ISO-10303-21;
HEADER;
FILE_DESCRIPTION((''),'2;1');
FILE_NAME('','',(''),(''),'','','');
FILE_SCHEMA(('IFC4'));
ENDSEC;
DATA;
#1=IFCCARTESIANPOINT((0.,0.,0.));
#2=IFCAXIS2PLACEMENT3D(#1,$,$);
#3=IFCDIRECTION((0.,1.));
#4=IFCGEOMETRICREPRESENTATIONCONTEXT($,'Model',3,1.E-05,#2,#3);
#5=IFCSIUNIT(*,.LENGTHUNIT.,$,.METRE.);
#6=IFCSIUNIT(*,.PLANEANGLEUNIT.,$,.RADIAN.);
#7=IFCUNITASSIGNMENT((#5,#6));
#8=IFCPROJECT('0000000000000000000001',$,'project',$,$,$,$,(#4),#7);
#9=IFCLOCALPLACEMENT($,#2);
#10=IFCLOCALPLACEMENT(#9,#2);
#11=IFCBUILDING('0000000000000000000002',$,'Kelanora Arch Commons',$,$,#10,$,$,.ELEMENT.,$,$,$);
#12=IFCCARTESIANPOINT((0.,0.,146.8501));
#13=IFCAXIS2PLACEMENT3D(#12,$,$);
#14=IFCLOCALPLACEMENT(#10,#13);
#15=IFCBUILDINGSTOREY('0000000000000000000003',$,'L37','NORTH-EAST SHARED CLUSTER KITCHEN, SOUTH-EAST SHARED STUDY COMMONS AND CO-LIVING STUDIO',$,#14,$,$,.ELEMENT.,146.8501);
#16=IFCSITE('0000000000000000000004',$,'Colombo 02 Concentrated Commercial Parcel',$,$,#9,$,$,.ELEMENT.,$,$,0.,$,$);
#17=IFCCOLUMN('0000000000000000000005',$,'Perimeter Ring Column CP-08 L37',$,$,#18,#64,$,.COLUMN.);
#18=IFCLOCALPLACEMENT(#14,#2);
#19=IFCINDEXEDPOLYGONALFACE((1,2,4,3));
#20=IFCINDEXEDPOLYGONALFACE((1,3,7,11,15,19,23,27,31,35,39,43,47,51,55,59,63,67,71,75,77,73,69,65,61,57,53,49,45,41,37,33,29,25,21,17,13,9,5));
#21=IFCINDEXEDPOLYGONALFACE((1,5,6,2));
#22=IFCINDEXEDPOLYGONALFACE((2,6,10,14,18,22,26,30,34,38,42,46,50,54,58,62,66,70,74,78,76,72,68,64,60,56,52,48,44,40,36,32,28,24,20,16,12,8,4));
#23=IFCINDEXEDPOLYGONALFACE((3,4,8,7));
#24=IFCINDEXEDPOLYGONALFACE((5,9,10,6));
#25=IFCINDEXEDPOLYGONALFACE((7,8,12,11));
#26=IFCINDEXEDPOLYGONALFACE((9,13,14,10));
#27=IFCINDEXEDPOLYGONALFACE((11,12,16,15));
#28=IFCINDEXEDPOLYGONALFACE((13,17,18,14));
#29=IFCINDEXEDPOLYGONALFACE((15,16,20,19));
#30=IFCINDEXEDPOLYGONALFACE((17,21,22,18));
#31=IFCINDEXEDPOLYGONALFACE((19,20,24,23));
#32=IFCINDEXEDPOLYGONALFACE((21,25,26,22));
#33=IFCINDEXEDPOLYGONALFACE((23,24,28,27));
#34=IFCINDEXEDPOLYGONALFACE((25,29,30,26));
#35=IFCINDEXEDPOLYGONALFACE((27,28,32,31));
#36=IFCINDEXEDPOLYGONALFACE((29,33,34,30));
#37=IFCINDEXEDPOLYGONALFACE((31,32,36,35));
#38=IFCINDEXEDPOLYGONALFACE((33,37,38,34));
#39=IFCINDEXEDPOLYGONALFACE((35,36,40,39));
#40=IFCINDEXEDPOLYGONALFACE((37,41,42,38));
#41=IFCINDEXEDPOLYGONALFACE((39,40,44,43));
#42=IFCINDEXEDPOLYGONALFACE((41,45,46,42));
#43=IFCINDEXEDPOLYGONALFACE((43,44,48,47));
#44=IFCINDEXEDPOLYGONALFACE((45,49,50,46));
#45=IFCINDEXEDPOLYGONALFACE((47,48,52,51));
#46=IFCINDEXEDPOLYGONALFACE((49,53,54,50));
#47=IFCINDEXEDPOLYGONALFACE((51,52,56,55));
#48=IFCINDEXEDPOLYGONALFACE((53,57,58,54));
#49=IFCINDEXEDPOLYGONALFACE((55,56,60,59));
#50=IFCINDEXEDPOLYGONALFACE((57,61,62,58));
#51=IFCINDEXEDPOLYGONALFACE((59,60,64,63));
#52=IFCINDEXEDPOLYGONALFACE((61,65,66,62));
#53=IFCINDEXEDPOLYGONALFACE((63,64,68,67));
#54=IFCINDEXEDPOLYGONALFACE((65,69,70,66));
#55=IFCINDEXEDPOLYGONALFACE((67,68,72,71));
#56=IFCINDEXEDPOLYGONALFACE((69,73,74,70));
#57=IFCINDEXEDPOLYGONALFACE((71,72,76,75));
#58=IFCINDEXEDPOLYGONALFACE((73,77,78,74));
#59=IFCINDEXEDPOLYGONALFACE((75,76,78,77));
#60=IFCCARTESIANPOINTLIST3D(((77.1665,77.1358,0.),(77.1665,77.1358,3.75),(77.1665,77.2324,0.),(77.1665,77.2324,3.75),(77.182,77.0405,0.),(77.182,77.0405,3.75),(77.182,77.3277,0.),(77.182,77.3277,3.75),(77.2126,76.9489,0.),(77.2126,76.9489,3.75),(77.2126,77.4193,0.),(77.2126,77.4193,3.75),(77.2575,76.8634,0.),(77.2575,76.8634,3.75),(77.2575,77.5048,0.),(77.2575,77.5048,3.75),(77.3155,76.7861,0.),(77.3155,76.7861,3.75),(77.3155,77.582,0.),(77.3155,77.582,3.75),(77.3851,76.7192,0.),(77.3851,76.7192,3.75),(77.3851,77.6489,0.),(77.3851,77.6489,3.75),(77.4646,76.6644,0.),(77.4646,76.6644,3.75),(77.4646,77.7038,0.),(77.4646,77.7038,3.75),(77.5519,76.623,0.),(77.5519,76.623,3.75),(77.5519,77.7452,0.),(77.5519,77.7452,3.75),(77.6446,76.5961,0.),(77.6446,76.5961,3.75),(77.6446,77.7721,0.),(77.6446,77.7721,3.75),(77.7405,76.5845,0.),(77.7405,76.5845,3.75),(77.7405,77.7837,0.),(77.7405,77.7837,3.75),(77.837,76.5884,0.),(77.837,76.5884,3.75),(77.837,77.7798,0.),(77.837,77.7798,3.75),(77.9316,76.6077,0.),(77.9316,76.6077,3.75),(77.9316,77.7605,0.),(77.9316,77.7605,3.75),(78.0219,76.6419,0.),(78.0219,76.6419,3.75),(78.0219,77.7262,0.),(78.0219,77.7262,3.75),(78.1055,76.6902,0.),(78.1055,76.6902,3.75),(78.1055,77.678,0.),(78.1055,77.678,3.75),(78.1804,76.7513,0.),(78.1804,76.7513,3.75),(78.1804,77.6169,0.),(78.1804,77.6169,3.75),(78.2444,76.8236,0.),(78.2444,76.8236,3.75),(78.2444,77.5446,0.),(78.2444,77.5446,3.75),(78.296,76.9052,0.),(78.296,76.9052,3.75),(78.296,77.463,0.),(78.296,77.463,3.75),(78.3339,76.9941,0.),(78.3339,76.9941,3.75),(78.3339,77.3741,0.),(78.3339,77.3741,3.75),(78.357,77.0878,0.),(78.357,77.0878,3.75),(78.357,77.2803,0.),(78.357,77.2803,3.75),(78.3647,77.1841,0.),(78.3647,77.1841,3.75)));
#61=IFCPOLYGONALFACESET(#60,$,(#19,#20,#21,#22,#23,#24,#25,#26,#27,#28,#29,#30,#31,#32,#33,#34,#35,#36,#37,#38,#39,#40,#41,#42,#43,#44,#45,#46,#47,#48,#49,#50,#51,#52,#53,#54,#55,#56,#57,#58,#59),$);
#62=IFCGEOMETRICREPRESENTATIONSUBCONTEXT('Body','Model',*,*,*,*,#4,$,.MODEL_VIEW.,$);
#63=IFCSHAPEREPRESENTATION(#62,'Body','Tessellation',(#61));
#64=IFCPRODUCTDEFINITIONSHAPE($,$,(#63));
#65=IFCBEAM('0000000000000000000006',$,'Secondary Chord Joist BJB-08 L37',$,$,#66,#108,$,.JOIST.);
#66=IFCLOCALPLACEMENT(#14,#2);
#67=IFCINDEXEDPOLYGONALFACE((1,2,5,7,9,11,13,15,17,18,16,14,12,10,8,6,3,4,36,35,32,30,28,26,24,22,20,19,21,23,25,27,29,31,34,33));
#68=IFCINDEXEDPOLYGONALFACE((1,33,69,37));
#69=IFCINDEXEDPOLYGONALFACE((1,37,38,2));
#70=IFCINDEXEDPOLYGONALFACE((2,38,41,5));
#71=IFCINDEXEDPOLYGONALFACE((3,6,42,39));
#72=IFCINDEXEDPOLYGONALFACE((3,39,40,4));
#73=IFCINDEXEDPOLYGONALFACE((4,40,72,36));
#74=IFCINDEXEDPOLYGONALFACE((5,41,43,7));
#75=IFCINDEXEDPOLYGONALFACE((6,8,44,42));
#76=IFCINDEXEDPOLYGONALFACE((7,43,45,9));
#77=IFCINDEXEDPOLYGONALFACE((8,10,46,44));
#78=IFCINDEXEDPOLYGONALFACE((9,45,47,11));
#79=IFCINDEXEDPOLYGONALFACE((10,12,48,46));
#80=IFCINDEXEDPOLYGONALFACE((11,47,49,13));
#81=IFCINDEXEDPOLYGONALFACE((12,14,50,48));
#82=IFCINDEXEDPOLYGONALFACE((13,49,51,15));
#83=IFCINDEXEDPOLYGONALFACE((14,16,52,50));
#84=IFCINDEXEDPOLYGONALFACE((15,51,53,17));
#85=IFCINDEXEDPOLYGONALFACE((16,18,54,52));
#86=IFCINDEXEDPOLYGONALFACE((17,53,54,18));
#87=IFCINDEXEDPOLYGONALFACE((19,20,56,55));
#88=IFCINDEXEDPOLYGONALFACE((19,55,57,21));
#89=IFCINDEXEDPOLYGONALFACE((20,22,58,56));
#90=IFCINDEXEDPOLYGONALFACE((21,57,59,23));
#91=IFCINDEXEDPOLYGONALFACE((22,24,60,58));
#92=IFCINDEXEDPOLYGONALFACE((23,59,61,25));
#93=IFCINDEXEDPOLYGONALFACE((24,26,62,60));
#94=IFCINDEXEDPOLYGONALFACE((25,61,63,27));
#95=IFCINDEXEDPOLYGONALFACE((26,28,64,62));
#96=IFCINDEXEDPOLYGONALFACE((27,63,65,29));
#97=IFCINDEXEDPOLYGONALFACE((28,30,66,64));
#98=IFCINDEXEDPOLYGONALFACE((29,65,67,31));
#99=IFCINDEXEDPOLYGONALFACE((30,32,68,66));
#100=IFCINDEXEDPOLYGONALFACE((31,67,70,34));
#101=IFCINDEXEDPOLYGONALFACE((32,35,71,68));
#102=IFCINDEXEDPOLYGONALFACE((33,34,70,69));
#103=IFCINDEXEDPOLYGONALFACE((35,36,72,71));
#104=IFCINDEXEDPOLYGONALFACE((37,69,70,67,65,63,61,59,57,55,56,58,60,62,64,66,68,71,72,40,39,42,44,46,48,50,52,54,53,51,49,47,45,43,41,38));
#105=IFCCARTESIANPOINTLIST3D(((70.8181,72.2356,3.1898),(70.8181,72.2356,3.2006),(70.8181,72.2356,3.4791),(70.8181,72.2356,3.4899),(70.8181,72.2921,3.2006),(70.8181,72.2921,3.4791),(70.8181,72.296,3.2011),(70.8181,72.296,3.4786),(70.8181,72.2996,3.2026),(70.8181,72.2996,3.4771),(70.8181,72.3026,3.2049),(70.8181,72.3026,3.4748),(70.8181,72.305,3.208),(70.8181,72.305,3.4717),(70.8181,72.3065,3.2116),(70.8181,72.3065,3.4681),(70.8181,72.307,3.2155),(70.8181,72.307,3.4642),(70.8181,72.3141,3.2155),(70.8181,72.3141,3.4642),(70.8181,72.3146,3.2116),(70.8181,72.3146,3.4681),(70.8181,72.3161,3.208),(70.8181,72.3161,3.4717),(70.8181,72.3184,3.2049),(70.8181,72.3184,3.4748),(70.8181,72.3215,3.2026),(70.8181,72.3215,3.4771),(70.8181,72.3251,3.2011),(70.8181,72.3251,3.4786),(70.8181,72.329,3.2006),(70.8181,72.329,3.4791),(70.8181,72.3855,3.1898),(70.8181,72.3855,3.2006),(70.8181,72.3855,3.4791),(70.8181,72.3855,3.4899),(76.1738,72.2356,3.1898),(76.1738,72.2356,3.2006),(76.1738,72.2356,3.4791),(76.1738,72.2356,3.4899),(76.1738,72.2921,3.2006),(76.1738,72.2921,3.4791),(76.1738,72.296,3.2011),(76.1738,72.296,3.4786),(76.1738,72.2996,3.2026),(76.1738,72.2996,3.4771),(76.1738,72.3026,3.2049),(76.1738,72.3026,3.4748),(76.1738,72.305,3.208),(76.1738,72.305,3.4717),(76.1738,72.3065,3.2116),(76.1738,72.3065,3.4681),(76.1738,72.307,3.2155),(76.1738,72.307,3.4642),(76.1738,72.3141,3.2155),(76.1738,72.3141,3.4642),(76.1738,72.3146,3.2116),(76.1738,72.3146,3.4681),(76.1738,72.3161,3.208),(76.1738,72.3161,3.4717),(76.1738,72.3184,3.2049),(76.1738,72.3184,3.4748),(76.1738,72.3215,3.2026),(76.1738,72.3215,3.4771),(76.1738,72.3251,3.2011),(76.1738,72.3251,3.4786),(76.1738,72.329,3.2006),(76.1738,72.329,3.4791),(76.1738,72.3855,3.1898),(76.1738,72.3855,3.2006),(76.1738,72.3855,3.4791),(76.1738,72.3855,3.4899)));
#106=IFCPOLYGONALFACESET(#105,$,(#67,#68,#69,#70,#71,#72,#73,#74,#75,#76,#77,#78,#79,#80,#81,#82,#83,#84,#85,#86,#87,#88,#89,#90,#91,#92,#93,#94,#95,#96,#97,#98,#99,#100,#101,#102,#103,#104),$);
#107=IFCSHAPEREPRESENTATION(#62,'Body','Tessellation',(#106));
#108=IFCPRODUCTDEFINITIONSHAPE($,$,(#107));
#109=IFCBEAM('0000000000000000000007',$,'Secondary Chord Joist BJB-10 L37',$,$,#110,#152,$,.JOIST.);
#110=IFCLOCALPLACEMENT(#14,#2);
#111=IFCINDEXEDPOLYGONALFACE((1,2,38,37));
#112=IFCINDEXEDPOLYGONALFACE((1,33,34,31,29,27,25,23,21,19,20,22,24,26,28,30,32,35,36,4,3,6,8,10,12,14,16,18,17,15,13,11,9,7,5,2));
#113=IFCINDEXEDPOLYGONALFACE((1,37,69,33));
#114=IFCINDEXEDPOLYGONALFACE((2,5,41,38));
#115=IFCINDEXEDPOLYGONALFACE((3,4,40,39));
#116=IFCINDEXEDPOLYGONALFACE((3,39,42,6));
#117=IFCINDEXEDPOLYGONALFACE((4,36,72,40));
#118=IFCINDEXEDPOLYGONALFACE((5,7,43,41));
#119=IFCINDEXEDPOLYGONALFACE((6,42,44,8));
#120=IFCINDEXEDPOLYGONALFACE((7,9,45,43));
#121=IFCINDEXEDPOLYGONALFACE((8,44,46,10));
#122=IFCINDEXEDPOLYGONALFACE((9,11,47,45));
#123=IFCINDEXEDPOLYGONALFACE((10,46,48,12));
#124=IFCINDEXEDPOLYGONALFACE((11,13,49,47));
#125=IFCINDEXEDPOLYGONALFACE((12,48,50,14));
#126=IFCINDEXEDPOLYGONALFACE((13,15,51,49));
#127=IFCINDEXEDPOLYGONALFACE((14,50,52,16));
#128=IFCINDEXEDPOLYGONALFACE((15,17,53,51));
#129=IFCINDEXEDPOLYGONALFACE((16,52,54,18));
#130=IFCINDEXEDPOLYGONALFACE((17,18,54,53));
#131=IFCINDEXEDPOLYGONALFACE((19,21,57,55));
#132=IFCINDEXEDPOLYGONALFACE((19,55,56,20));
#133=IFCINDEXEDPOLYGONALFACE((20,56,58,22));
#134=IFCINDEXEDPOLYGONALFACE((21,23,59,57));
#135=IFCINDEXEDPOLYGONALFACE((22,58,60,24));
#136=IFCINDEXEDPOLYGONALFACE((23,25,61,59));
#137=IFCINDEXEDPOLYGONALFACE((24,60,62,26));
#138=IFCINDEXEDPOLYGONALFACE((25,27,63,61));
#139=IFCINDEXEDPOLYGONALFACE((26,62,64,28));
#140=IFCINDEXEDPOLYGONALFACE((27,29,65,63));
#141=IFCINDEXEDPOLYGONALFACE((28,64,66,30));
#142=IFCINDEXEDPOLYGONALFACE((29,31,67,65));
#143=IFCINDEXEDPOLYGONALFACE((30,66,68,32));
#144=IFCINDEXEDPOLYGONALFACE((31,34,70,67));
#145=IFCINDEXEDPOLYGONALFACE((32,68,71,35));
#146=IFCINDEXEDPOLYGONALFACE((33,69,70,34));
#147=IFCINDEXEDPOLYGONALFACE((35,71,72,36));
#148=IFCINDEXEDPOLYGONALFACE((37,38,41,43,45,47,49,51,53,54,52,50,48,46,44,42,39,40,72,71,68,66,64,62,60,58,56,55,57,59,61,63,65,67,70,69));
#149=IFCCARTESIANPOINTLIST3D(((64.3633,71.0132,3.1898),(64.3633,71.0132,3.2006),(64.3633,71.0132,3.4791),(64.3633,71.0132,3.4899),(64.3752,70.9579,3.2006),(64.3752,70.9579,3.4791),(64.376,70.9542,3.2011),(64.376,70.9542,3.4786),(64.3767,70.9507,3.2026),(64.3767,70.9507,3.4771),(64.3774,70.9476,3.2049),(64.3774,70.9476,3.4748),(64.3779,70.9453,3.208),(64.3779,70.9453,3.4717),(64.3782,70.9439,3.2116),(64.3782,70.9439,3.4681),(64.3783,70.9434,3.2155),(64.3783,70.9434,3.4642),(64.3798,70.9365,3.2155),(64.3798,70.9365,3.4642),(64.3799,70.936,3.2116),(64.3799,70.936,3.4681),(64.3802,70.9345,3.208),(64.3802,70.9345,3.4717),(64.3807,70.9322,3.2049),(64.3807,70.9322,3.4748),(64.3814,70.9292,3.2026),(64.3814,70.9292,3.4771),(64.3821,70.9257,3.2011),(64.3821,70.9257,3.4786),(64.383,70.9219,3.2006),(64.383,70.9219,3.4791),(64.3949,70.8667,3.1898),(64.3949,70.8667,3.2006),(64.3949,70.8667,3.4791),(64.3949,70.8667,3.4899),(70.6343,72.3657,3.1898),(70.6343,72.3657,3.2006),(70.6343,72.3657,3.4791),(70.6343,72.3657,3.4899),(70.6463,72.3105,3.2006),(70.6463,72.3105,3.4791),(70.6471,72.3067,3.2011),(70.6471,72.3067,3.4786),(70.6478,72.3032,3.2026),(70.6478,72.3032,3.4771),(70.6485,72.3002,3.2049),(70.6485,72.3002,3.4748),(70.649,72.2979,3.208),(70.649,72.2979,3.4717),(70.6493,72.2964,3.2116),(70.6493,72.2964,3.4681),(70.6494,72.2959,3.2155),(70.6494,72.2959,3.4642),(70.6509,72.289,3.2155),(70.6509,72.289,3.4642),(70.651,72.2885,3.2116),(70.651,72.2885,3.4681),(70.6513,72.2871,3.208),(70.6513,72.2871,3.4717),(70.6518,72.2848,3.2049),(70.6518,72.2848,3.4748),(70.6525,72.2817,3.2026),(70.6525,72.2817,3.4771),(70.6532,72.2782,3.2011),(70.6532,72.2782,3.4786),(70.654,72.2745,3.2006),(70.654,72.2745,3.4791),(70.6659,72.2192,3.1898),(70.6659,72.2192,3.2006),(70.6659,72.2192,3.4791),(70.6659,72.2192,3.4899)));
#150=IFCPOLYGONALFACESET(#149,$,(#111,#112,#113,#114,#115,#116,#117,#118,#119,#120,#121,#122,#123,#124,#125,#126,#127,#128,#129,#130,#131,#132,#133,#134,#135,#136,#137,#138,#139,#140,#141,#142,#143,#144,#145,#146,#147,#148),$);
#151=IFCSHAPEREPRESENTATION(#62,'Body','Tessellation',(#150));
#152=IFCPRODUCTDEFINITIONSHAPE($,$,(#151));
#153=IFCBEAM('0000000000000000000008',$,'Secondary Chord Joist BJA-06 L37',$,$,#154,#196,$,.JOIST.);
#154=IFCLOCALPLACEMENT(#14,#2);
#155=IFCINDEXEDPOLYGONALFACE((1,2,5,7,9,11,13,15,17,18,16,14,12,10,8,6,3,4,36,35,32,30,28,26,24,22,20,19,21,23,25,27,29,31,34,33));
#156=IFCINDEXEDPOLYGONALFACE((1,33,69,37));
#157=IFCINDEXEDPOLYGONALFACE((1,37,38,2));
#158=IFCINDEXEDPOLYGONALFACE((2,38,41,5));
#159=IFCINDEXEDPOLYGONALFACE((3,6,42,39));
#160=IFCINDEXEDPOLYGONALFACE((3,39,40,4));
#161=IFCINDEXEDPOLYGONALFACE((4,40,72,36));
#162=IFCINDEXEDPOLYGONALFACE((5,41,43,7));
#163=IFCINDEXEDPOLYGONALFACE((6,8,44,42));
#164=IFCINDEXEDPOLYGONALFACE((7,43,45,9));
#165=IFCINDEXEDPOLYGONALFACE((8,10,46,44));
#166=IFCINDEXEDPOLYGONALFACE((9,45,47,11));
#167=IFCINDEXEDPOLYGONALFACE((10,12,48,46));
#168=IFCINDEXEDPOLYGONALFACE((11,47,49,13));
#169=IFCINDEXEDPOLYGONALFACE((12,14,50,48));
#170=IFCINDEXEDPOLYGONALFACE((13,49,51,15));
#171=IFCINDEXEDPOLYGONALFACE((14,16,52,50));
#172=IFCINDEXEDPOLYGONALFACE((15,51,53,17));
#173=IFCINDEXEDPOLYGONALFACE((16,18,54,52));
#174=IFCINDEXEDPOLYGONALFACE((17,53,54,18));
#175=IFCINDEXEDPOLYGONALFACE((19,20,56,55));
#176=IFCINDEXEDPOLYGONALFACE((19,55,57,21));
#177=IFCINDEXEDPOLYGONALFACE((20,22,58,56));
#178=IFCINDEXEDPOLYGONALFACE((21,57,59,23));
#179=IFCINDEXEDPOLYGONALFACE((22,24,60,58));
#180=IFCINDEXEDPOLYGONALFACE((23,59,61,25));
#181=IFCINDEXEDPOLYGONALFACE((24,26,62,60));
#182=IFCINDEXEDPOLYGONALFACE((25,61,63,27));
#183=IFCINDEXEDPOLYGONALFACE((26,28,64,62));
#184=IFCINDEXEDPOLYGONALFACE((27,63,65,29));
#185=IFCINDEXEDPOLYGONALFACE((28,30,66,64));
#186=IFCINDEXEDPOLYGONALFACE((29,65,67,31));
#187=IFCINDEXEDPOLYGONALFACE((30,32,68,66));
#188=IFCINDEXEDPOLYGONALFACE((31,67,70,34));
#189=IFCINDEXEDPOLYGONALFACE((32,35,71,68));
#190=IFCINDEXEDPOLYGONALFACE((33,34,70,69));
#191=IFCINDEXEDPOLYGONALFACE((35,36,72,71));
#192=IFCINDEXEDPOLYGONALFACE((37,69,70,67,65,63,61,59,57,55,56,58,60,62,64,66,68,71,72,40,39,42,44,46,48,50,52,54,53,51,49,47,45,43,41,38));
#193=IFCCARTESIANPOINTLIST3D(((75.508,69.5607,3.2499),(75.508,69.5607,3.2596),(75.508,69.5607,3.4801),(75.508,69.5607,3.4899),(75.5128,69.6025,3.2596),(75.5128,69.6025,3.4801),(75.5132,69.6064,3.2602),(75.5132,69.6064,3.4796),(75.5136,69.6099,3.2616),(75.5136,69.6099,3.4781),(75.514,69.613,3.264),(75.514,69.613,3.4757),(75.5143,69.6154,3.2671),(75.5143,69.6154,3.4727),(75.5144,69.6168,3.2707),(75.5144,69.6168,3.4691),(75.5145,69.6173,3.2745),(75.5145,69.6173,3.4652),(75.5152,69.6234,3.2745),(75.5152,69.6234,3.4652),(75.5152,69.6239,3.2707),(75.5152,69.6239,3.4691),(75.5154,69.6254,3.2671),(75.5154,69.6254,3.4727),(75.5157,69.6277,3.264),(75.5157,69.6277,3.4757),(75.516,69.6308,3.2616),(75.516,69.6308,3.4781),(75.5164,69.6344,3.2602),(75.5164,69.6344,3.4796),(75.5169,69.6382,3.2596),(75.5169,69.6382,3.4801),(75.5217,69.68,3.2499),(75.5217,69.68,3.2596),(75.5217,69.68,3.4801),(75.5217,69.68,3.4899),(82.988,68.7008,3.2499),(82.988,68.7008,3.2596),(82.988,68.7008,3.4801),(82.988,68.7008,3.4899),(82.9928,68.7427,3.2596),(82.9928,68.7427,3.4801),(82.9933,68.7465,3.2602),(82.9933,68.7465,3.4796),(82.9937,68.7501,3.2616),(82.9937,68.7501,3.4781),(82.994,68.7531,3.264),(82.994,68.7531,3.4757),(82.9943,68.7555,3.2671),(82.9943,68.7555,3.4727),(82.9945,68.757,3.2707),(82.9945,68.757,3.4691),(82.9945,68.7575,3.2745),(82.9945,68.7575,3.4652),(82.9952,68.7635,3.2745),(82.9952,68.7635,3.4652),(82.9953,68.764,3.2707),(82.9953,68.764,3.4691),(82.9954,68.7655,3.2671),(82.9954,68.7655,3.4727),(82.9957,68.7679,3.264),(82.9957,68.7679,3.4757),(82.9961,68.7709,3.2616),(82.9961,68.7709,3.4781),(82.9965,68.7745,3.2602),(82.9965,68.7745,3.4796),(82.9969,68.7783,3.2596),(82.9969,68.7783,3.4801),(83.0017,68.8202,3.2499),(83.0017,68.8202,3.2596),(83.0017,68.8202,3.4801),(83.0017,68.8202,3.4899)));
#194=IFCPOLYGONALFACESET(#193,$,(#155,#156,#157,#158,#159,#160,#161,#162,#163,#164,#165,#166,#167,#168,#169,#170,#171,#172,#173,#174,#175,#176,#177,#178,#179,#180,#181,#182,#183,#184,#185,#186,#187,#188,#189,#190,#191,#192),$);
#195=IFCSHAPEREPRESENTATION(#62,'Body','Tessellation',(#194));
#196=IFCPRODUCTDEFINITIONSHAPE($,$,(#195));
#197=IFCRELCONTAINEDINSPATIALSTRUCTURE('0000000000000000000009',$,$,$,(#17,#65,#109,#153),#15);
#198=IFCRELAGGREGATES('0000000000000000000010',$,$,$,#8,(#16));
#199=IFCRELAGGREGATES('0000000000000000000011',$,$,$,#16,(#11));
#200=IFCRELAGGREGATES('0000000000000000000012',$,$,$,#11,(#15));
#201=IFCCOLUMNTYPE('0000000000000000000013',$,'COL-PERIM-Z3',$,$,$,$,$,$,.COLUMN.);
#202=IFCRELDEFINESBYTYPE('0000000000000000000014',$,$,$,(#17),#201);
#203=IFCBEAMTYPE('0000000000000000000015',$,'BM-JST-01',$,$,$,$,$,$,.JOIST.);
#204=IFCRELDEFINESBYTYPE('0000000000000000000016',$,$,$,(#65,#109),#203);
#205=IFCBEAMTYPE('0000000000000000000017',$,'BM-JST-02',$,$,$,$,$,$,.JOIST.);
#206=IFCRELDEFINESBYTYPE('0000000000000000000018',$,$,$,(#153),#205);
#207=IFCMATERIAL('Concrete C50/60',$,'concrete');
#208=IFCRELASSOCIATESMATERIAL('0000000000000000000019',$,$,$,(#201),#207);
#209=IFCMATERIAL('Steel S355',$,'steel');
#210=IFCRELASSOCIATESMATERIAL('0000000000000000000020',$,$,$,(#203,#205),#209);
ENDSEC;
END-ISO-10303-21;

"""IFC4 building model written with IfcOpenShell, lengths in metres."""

from ifc_helpers import new_model, si_unit, direction, frame, origin, origin_2d, place, context, subcontext, project, spatial, circle, i_section, extrude, material, material_profile, profile_set, type_object, element, save


model = new_model("IFC4")

# Units and contexts
model_context = context("Model", 3, precision=1e-05, world=origin(), true_north=direction((0.0, 1.0)))
body_context = subcontext(model_context, "Body", "Model", "MODEL_VIEW")
ifc_project = project(units=[si_unit("LENGTHUNIT", "METRE"), si_unit("PLANEANGLEUNIT", "RADIAN")], contexts=[model_context])

# Site, building, storey
site_placement = place(None, origin())
site = spatial("IfcSite", under=ifc_project, at=site_placement, Name="Colombo 02 Concentrated Commercial Parcel", CompositionType="ELEMENT", RefElevation=0.0)
building_placement = place(site_placement, origin())
building = spatial("IfcBuilding", under=site, at=building_placement, Name="Kelanora Arch Commons", CompositionType="ELEMENT")
storey_placement = place(building_placement, frame((0.0, 0.0, 146.8501)))
storey = spatial("IfcBuildingStorey", under=building, at=storey_placement, Name="L37", Description="NORTH-EAST SHARED CLUSTER KITCHEN, SOUTH-EAST SHARED STUDY COMMONS AND CO-LIVING STUDIO", CompositionType="ELEMENT", Elevation=146.8501)

# Column
ifc_material_1 = material(Name="Concrete C50/60", Category="concrete")
ifc_material_profile_1 = material_profile(ifc_material_1, circle(Radius=0.6001, at=origin_2d()), Name="RCC1200")
ifc_profile_set_1 = profile_set([ifc_material_profile_1], Name="Concrete C50/60")
column_type = type_object("IfcColumnType", Name="COL-PERIM-Z3", PredefinedType="COLUMN", material=ifc_profile_set_1)
column_placement = place(storey_placement, frame((77.7646, 77.1841, 0.0), z_axis=(0.0, 0.0, 1.0), x_axis=(1.0, 0.0, 0.0)))
element("IfcColumn", 1, at=column_placement, inside=storey, type_object=column_type, Name="Perimeter Ring Column CP-08 L37", PredefinedType="COLUMN", context=body_context, shape_type="SweptSolid", body=[
    extrude(circle(Radius=0.6001, at=origin_2d()), origin(), (0.0, 0.0, 1.0), 3.75),
])

# Beams
ifc_material_2 = material(Name="Steel S355", Category="steel")
ifc_material_profile_2 = material_profile(ifc_material_2, i_section(OverallWidth=0.1499, OverallDepth=0.3, WebThickness=0.0071, FlangeThickness=0.0107, FilletRadius=0.0149, at=origin_2d()), Name="IPE300")
ifc_profile_set_2 = profile_set([ifc_material_profile_2], Name="Steel S355")
beam_type_1 = type_object("IfcBeamType", Name="BM-JST-01", PredefinedType="JOIST", material=ifc_profile_set_2)
beam_1_placement = place(storey_placement, frame((76.1738, 72.3105, 3.3398), z_axis=(-1.0, 0.0, 0.0), x_axis=(0.0, -1.0, 0.0)))
element("IfcBeam", 2, at=beam_1_placement, inside=storey, type_object=beam_type_1, Name="Secondary Chord Joist BJB-08 L37", PredefinedType="JOIST", context=body_context, shape_type="SweptSolid", body=[
    extrude(i_section(OverallWidth=0.1499, OverallDepth=0.3, WebThickness=0.0071, FlangeThickness=0.0107, FilletRadius=0.0149, at=origin_2d()), origin(), (0.0, 0.0, 1.0), 5.3557),
])
beam_2_placement = place(storey_placement, frame((70.6501, 72.2925, 3.3398), z_axis=(-0.977522, -0.210834, 0.0), x_axis=(0.210834, -0.977522, 0.0)))
element("IfcBeam", 3, at=beam_2_placement, inside=storey, type_object=beam_type_1, Name="Secondary Chord Joist BJB-10 L37", PredefinedType="JOIST", context=body_context, shape_type="SweptSolid", body=[
    extrude(i_section(OverallWidth=0.1499, OverallDepth=0.3, WebThickness=0.0071, FlangeThickness=0.0107, FilletRadius=0.0149, at=origin_2d()), origin(), (0.0, 0.0, 1.0), 6.4153),
])
ifc_material_profile_3 = material_profile(ifc_material_2, i_section(OverallWidth=0.1201, OverallDepth=0.24, WebThickness=0.0061, FlangeThickness=0.0098, FilletRadius=0.0149, at=origin_2d()), Name="IPE240")
ifc_profile_set_3 = profile_set([ifc_material_profile_3], Name="Steel S355")
beam_type_2 = type_object("IfcBeamType", Name="BM-JST-02", PredefinedType="JOIST", material=ifc_profile_set_3)
beam_3_placement = place(storey_placement, frame((82.9949, 68.7605, 3.3699), z_axis=(-0.993457, 0.114203, 0.0), x_axis=(-0.114203, -0.993457, 0.0)))
element("IfcBeam", 4, at=beam_3_placement, inside=storey, type_object=beam_type_2, Name="Secondary Chord Joist BJA-06 L37", PredefinedType="JOIST", context=body_context, shape_type="SweptSolid", body=[
    extrude(i_section(OverallWidth=0.1201, OverallDepth=0.24, WebThickness=0.0061, FlangeThickness=0.0098, FilletRadius=0.0149, at=origin_2d()), origin(), (0.0, 0.0, 1.0), 7.5293),
])

save(model, "model.ifc")
